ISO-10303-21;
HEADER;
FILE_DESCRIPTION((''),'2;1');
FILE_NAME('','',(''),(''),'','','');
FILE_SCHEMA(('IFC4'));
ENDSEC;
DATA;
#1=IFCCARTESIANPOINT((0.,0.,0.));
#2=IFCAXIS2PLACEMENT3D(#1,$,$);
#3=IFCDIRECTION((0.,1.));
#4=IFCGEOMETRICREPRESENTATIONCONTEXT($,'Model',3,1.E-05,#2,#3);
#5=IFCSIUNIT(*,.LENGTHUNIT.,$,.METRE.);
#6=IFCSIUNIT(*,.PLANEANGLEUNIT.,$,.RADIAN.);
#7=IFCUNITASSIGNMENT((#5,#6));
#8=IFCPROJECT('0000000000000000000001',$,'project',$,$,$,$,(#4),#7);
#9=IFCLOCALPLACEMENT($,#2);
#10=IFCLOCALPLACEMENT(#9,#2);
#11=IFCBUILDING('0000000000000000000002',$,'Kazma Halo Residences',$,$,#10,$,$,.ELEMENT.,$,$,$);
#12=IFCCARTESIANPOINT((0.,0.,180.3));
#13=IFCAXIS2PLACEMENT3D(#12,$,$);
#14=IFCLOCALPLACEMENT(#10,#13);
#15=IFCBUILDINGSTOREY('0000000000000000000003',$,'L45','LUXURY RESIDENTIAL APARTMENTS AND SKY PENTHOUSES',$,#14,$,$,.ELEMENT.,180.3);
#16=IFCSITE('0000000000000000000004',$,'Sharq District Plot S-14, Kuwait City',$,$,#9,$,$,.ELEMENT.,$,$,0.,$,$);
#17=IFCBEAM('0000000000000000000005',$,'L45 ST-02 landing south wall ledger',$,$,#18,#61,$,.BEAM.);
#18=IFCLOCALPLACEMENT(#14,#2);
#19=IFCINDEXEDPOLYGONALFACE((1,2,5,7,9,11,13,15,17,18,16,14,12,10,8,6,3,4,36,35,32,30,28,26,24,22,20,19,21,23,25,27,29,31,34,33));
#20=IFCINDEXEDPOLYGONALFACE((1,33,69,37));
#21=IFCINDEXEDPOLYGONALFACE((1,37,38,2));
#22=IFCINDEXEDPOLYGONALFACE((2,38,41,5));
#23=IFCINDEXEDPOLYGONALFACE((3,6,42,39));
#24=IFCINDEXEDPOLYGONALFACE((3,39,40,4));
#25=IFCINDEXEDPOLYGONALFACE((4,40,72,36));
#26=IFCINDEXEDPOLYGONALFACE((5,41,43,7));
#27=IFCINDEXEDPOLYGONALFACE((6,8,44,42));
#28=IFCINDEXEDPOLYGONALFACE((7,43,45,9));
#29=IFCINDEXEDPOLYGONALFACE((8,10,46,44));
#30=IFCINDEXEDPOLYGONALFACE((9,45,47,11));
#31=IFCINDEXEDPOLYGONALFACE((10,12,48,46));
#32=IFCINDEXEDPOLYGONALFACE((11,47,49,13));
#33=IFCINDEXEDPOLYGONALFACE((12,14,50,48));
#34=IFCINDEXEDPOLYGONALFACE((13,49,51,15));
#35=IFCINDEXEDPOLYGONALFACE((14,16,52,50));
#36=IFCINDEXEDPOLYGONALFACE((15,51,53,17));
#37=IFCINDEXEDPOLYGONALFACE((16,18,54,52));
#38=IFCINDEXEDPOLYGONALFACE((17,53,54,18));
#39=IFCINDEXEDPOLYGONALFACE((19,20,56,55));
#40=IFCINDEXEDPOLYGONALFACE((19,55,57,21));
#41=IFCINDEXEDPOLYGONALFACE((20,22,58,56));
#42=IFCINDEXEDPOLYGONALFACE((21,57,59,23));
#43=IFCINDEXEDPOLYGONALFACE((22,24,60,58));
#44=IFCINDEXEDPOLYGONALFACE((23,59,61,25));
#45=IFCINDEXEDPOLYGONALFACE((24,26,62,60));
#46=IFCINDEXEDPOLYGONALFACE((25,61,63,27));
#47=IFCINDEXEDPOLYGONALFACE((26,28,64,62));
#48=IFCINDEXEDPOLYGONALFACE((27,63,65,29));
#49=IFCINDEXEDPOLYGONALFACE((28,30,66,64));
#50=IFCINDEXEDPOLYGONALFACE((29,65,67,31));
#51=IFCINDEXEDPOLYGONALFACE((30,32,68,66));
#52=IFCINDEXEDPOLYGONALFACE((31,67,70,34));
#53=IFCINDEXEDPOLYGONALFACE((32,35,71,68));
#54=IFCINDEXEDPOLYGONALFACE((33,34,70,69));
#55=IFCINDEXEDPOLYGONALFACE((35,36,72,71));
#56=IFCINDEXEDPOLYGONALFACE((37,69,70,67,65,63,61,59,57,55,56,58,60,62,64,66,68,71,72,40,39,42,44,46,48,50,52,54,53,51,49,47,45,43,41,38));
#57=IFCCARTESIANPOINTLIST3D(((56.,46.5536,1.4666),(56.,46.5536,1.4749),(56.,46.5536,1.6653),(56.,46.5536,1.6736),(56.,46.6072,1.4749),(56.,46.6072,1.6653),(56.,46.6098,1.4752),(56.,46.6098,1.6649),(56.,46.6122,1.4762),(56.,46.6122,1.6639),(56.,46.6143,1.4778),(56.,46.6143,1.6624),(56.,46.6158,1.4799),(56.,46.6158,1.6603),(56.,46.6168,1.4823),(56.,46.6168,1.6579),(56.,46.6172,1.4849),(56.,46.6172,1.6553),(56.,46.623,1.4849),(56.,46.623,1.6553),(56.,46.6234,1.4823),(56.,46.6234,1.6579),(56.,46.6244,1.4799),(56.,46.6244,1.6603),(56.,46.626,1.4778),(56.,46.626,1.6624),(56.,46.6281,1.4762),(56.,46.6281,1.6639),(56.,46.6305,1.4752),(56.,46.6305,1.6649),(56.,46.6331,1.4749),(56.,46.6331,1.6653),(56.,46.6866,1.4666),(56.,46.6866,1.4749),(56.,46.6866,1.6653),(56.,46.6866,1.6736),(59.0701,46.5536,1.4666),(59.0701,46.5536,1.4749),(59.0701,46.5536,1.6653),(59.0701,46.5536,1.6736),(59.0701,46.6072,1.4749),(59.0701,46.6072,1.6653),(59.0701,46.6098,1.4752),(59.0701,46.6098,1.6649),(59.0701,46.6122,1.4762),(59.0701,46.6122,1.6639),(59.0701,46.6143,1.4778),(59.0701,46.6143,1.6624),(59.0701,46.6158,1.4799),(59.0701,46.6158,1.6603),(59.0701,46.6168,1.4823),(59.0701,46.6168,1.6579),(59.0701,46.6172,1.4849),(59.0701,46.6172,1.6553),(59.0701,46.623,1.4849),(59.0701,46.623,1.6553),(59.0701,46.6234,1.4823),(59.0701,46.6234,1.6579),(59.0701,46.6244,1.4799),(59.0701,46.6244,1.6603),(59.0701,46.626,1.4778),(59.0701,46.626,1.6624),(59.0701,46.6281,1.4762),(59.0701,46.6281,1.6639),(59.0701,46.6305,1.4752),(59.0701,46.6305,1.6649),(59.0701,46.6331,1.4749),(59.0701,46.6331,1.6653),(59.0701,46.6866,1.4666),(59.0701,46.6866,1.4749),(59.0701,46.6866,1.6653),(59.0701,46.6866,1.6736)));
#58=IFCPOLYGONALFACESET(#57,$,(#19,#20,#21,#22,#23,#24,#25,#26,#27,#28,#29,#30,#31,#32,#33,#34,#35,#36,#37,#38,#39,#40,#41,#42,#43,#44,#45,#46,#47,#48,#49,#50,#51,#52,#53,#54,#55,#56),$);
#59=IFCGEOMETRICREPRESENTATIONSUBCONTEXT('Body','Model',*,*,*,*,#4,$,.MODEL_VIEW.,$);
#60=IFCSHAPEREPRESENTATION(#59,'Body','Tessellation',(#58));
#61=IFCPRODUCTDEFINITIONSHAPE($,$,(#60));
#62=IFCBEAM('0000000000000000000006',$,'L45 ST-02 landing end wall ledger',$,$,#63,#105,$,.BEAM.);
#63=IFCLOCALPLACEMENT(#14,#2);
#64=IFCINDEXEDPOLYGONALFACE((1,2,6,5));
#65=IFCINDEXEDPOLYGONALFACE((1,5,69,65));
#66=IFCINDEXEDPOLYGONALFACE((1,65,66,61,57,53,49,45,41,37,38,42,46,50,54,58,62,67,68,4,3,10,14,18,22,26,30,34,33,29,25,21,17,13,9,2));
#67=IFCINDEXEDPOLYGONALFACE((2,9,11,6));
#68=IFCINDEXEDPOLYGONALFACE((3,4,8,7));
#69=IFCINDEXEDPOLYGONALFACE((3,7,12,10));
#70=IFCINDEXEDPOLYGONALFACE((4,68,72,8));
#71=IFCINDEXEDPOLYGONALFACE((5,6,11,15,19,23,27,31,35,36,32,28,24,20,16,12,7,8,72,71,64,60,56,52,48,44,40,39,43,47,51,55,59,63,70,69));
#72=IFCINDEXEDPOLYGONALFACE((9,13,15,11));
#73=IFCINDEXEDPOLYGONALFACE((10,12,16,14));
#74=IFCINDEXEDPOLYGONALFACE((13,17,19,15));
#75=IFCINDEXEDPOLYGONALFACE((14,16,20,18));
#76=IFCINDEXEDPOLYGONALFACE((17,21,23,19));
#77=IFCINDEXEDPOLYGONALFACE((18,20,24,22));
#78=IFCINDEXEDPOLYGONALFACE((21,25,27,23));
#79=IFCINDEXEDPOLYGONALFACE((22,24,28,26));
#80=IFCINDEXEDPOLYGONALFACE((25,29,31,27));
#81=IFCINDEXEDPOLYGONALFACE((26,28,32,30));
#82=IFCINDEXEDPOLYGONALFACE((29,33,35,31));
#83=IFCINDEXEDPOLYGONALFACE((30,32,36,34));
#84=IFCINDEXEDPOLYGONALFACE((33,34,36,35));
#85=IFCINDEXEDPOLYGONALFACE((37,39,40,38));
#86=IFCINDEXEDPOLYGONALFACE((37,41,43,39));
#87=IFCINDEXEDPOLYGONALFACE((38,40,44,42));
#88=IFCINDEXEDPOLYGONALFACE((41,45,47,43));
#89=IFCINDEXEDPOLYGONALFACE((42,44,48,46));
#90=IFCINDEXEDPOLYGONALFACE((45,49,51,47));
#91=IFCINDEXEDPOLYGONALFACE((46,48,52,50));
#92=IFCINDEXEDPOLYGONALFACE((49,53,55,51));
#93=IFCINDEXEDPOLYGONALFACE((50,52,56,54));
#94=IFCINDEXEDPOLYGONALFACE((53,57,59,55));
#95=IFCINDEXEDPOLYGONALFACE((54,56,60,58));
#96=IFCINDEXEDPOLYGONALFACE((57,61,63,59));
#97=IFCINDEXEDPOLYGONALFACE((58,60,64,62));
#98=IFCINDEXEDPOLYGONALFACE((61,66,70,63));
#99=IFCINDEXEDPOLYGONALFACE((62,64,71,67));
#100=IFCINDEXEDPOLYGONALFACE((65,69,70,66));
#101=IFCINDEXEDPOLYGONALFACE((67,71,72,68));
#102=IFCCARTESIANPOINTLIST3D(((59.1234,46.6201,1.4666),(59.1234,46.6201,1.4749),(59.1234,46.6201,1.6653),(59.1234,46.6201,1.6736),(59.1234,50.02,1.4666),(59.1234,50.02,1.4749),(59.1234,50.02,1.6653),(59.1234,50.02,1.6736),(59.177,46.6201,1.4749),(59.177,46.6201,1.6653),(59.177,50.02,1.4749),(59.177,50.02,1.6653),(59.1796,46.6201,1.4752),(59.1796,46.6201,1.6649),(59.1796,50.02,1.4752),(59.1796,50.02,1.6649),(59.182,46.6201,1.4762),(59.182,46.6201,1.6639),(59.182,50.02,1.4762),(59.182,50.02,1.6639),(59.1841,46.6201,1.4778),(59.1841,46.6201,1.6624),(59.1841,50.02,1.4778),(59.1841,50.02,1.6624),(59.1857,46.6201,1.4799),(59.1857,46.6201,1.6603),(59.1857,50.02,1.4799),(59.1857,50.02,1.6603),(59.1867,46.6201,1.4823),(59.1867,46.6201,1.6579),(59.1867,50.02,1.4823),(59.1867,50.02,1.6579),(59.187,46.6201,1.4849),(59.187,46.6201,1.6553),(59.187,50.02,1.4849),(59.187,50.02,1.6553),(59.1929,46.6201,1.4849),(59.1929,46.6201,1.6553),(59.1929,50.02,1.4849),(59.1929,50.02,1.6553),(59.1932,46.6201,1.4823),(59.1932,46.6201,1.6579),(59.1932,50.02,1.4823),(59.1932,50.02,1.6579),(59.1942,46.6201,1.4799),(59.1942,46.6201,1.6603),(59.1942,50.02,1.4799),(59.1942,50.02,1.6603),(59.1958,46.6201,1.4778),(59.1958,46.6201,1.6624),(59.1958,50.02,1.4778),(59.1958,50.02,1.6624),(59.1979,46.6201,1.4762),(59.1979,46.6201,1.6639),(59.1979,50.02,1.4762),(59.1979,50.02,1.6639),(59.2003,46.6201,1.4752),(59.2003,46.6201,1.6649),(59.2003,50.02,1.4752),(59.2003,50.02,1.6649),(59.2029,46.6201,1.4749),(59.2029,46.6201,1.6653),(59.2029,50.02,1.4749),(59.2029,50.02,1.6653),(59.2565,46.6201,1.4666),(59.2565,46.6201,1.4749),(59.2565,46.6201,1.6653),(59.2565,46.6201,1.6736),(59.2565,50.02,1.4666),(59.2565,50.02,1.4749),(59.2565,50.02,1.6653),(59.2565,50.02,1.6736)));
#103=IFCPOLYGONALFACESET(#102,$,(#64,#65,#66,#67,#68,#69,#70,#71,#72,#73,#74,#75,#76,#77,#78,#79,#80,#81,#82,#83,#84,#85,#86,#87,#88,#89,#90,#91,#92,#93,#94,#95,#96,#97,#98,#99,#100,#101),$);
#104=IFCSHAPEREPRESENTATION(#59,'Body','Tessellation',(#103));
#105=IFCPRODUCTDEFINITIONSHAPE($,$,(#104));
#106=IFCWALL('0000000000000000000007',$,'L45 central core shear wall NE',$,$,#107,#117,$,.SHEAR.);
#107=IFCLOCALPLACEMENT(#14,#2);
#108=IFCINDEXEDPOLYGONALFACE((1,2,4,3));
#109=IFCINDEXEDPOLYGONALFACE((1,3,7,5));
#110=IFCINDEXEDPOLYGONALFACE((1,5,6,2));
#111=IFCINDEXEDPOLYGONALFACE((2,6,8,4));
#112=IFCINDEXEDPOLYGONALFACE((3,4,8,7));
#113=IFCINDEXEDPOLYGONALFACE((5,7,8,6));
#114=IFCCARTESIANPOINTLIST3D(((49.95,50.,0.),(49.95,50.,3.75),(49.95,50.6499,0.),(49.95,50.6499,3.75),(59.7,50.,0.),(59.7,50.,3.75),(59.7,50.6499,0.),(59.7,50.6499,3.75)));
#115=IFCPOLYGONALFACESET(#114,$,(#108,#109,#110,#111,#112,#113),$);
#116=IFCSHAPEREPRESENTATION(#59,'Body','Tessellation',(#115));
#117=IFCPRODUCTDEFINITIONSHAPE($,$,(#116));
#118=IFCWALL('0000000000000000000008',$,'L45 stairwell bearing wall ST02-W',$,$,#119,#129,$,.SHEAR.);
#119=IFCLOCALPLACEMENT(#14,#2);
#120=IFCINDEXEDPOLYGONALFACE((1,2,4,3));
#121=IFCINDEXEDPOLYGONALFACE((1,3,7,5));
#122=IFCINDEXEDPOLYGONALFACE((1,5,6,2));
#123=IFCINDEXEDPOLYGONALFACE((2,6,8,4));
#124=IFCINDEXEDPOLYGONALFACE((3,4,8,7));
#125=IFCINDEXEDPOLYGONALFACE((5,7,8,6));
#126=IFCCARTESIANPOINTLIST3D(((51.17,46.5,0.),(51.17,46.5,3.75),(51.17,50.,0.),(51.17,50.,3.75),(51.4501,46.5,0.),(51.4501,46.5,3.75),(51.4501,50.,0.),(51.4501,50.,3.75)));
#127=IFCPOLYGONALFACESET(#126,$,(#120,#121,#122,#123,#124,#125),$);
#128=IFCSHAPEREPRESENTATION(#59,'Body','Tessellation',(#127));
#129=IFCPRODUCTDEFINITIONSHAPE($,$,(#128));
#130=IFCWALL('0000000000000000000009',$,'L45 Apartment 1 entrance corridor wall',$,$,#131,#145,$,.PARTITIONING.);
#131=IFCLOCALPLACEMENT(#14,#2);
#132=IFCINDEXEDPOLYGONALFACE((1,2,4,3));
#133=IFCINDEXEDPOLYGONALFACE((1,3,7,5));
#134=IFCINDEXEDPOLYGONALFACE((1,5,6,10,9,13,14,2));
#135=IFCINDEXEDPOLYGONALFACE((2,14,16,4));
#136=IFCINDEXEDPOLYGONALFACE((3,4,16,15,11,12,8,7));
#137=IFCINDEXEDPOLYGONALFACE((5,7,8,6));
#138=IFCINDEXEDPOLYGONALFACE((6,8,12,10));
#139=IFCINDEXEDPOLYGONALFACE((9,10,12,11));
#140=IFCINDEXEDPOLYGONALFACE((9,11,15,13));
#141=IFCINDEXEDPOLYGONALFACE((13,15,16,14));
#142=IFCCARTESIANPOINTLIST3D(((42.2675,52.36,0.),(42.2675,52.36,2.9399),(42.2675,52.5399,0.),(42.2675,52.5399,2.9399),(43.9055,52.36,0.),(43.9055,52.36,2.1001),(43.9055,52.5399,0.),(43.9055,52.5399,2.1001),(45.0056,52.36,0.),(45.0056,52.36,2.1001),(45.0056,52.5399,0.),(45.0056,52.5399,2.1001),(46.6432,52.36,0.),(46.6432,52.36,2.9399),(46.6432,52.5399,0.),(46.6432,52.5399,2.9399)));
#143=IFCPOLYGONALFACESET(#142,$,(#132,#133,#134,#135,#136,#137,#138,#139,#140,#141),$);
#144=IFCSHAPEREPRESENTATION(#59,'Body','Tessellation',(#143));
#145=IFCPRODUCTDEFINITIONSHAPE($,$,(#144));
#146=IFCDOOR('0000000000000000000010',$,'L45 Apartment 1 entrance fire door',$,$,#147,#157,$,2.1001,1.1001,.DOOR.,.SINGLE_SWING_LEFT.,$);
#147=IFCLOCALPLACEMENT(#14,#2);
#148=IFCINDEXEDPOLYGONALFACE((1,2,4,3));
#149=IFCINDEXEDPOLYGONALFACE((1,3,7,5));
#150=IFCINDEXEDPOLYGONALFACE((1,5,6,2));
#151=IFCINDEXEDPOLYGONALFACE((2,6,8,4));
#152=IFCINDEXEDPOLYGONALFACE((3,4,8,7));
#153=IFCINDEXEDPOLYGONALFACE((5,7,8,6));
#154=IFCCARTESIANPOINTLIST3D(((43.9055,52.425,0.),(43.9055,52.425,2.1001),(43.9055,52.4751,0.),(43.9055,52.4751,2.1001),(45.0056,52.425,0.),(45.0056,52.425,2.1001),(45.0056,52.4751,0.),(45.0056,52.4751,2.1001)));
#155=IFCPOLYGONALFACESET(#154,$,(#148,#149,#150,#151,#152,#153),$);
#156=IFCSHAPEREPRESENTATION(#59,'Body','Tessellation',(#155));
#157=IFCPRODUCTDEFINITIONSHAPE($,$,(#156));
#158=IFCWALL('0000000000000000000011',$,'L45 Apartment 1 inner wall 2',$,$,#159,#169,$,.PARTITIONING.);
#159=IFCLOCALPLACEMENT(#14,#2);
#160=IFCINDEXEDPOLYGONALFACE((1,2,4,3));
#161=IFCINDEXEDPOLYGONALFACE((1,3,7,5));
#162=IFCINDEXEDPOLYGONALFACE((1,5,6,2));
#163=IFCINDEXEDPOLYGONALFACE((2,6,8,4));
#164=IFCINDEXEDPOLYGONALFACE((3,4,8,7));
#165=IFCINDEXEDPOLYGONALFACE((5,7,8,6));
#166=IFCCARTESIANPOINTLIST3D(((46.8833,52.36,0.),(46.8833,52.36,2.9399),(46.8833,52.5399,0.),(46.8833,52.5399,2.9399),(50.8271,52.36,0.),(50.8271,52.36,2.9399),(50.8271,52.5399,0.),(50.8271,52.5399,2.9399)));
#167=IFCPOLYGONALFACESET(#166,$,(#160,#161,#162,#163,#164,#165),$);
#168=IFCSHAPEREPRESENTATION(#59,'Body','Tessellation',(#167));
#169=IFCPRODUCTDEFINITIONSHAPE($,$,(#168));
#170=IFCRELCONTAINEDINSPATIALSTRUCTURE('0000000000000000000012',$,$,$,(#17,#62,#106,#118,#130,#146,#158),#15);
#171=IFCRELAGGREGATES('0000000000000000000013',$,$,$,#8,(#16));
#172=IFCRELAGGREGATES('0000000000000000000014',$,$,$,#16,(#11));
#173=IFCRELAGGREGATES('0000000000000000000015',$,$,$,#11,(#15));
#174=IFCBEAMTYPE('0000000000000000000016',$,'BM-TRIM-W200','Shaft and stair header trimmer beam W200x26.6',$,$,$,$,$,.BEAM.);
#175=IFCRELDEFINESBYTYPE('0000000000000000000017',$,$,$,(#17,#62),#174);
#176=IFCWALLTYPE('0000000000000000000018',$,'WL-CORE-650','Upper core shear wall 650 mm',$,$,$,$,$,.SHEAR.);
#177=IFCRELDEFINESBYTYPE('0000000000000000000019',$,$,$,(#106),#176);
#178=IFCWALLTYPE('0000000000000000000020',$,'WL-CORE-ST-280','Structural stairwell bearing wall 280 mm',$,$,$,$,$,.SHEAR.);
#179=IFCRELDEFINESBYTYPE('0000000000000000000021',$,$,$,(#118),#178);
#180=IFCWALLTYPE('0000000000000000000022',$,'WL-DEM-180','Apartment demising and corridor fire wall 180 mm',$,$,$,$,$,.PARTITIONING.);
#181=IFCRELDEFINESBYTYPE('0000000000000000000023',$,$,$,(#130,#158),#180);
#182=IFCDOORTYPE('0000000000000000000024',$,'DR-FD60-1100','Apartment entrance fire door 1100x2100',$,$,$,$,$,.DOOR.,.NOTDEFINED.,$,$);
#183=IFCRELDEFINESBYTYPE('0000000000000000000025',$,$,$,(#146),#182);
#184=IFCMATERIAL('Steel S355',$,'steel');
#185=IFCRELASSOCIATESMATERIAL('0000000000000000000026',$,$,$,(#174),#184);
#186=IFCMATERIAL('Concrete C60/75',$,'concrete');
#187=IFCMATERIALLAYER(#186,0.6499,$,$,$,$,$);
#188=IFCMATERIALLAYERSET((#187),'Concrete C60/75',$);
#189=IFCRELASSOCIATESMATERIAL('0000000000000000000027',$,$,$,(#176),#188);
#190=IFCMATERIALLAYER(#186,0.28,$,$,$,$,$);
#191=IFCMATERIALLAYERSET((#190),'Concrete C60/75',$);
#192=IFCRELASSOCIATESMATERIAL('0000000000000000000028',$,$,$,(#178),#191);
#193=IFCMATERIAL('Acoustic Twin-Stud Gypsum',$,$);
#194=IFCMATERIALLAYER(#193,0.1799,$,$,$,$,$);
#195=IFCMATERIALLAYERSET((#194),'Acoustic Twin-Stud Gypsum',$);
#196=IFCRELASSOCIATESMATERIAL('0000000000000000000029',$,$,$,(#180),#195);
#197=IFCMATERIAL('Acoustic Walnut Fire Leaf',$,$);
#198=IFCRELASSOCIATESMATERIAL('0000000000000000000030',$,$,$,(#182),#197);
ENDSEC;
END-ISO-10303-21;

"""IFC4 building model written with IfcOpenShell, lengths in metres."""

from ifc_helpers import new_model, si_unit, direction, frame, frame_2d, origin, origin_2d, place, context, subcontext, project, spatial, rectangle, i_section, extrude, material, layer, layer_set, material_profile, profile_set, type_object, element, fill, save


model = new_model("IFC4")

# Units and contexts
model_context = context("Model", 3, precision=1e-05, world=origin(), true_north=direction((0.0, 1.0)))
body_context = subcontext(model_context, "Body", "Model", "MODEL_VIEW")
ifc_project = project(units=[si_unit("LENGTHUNIT", "METRE"), si_unit("PLANEANGLEUNIT", "RADIAN")], contexts=[model_context])

# Site, building, storey
site_placement = place(None, origin())
site = spatial("IfcSite", under=ifc_project, at=site_placement, Name="Sharq District Plot S-14, Kuwait City", CompositionType="ELEMENT", RefElevation=0.0)
building_placement = place(site_placement, origin())
building = spatial("IfcBuilding", under=site, at=building_placement, Name="Kazma Halo Residences", CompositionType="ELEMENT")
storey_placement = place(building_placement, frame((0.0, 0.0, 180.3)))
storey = spatial("IfcBuildingStorey", under=building, at=storey_placement, Name="L45", Description="LUXURY RESIDENTIAL APARTMENTS AND SKY PENTHOUSES", CompositionType="ELEMENT", Elevation=180.3)

# Shared definitions
ifc_material_1 = material(Name="Steel S355", Category="steel")

# Beams
ifc_material_profile_1 = material_profile(ifc_material_1, i_section(OverallWidth=0.1331, OverallDepth=0.207, WebThickness=0.0059, FlangeThickness=0.0083, FilletRadius=0.01, at=origin_2d()), Name="W200x26.6")
ifc_profile_set_1 = profile_set([ifc_material_profile_1], Name="Steel S355")
beam_type_1 = type_object("IfcBeamType", Name="BM-TRIM-W200", Description="Shaft and stair header trimmer beam W200x26.6", PredefinedType="BEAM", material=ifc_profile_set_1)
beam_1_placement = place(storey_placement, frame((56.0, 46.6201, 1.5701), z_axis=(1.0, 0.0, 0.0), x_axis=(0.0, 1.0, 0.0)))
element("IfcBeam", 1, at=beam_1_placement, inside=storey, type_object=beam_type_1, Name="L45 ST-02 landing south wall ledger", PredefinedType="BEAM", context=body_context, shape_type="SweptSolid", body=[
    extrude(i_section(OverallWidth=0.1331, OverallDepth=0.207, WebThickness=0.0059, FlangeThickness=0.0083, FilletRadius=0.01, at=origin_2d()), origin(), (0.0, 0.0, 1.0), 3.0701),
])
beam_2_placement = place(storey_placement, frame((59.1899, 46.6201, 1.5701), z_axis=(0.0, 1.0, 0.0), x_axis=(-1.0, 0.0, 0.0)))
element("IfcBeam", 2, at=beam_2_placement, inside=storey, type_object=beam_type_1, Name="L45 ST-02 landing end wall ledger", PredefinedType="BEAM", context=body_context, shape_type="SweptSolid", body=[
    extrude(i_section(OverallWidth=0.1331, OverallDepth=0.207, WebThickness=0.0059, FlangeThickness=0.0083, FilletRadius=0.01, at=origin_2d()), origin(), (0.0, 0.0, 1.0), 3.3999),
])

# Walls
ifc_material_2 = material(Name="Concrete C60/75", Category="concrete")
ifc_layer_1 = layer(ifc_material_2, 0.6499)
ifc_layer_set_1 = layer_set([ifc_layer_1], Name="Concrete C60/75")
wall_type_1 = type_object("IfcWallType", Name="WL-CORE-650", Description="Upper core shear wall 650 mm", PredefinedType="SHEAR", material=ifc_layer_set_1)
wall_1_placement = place(storey_placement, frame((49.95, 50.325, 0.0), z_axis=(0.0, 0.0, 1.0), x_axis=(1.0, 0.0, 0.0)))
element("IfcWall", 3, at=wall_1_placement, inside=storey, type_object=wall_type_1, Name="L45 central core shear wall NE", PredefinedType="SHEAR", context=body_context, shape_type="SweptSolid", body=[
    extrude(rectangle(XDim=9.75, YDim=0.6499, at=frame_2d((4.875, 0.0))), origin(), (0.0, 0.0, 1.0), 3.75),
])
ifc_layer_2 = layer(ifc_material_2, 0.28)
ifc_layer_set_2 = layer_set([ifc_layer_2], Name="Concrete C60/75")
wall_type_2 = type_object("IfcWallType", Name="WL-CORE-ST-280", Description="Structural stairwell bearing wall 280 mm", PredefinedType="SHEAR", material=ifc_layer_set_2)
wall_2_placement = place(storey_placement, frame((51.3101, 46.5, 0.0), z_axis=(0.0, 0.0, 1.0), x_axis=(0.0, 1.0, 0.0)))
element("IfcWall", 4, at=wall_2_placement, inside=storey, type_object=wall_type_2, Name="L45 stairwell bearing wall ST02-W", PredefinedType="SHEAR", context=body_context, shape_type="SweptSolid", body=[
    extrude(rectangle(XDim=3.5, YDim=0.28, at=frame_2d((1.75, 0.0))), origin(), (0.0, 0.0, 1.0), 3.75),
])

# Wall, opening, door
ifc_material_3 = material(Name="Acoustic Twin-Stud Gypsum")
ifc_layer_3 = layer(ifc_material_3, 0.1799)
ifc_layer_set_3 = layer_set([ifc_layer_3], Name="Acoustic Twin-Stud Gypsum")
wall_type_3 = type_object("IfcWallType", Name="WL-DEM-180", Description="Apartment demising and corridor fire wall 180 mm", PredefinedType="PARTITIONING", material=ifc_layer_set_3)
wall_3_placement = place(storey_placement, frame((46.6433, 52.45, 0.0), z_axis=(0.0, 0.0, 1.0), x_axis=(-1.0, 0.0, 0.0)))
wall_3 = element("IfcWall", 5, at=wall_3_placement, inside=storey, type_object=wall_type_3, Name="L45 Apartment 1 entrance corridor wall", PredefinedType="PARTITIONING", context=body_context, shape_type="SweptSolid", body=[
    extrude(rectangle(XDim=4.3757, YDim=0.1799, at=frame_2d((2.188, 0.0))), origin(), (0.0, 0.0, 1.0), 2.9399),
])
opening_1_placement = place(wall_3_placement, frame((1.6377, 0.0, 0.0)))
opening_1 = element("IfcOpeningElement", 6, at=opening_1_placement, cuts=wall_3, PredefinedType="OPENING", context=body_context, shape_type="SweptSolid", body=[
    extrude(rectangle(XDim=1.1001, YDim=2.1001, at=frame_2d((0.55, 1.05))), frame((0.0, 0.0999, 0.0), z_axis=(0.0, -1.0, 0.0), x_axis=(1.0, 0.0, 0.0)), (0.0, 0.0, 1.0), 0.2),
])
ifc_material_4 = material(Name="Acoustic Walnut Fire Leaf")
door_type_1 = type_object("IfcDoorType", Name="DR-FD60-1100", Description="Apartment entrance fire door 1100x2100", OperationType="NOTDEFINED", PredefinedType="DOOR", material=ifc_material_4)
door_1_placement = place(opening_1_placement, origin())
door_1 = element("IfcDoor", 7, at=door_1_placement, inside=storey, type_object=door_type_1, Name="L45 Apartment 1 entrance fire door", OperationType="SINGLE_SWING_LEFT", OverallHeight=2.1001, OverallWidth=1.1001, PredefinedType="DOOR", context=body_context, shape_type="SweptSolid", body=[
    extrude(rectangle(XDim=1.1001, YDim=2.1001, at=frame_2d((0.55, 1.05))), frame((0.0, 0.0249, 0.0), z_axis=(0.0, -1.0, 0.0), x_axis=(1.0, 0.0, 0.0)), (0.0, 0.0, 1.0), 0.05),
])
fill(opening_1, door_1)

# Wall
wall_4_placement = place(storey_placement, frame((50.8271, 52.45, 0.0), z_axis=(0.0, 0.0, 1.0), x_axis=(-1.0, 0.0, 0.0)))
element("IfcWall", 8, at=wall_4_placement, inside=storey, type_object=wall_type_3, Name="L45 Apartment 1 inner wall 2", PredefinedType="PARTITIONING", context=body_context, shape_type="SweptSolid", body=[
    extrude(rectangle(XDim=3.9438, YDim=0.1799, at=frame_2d((1.9719, 0.0))), origin(), (0.0, 0.0, 1.0), 2.9399),
])

save(model, "model.ifc")
